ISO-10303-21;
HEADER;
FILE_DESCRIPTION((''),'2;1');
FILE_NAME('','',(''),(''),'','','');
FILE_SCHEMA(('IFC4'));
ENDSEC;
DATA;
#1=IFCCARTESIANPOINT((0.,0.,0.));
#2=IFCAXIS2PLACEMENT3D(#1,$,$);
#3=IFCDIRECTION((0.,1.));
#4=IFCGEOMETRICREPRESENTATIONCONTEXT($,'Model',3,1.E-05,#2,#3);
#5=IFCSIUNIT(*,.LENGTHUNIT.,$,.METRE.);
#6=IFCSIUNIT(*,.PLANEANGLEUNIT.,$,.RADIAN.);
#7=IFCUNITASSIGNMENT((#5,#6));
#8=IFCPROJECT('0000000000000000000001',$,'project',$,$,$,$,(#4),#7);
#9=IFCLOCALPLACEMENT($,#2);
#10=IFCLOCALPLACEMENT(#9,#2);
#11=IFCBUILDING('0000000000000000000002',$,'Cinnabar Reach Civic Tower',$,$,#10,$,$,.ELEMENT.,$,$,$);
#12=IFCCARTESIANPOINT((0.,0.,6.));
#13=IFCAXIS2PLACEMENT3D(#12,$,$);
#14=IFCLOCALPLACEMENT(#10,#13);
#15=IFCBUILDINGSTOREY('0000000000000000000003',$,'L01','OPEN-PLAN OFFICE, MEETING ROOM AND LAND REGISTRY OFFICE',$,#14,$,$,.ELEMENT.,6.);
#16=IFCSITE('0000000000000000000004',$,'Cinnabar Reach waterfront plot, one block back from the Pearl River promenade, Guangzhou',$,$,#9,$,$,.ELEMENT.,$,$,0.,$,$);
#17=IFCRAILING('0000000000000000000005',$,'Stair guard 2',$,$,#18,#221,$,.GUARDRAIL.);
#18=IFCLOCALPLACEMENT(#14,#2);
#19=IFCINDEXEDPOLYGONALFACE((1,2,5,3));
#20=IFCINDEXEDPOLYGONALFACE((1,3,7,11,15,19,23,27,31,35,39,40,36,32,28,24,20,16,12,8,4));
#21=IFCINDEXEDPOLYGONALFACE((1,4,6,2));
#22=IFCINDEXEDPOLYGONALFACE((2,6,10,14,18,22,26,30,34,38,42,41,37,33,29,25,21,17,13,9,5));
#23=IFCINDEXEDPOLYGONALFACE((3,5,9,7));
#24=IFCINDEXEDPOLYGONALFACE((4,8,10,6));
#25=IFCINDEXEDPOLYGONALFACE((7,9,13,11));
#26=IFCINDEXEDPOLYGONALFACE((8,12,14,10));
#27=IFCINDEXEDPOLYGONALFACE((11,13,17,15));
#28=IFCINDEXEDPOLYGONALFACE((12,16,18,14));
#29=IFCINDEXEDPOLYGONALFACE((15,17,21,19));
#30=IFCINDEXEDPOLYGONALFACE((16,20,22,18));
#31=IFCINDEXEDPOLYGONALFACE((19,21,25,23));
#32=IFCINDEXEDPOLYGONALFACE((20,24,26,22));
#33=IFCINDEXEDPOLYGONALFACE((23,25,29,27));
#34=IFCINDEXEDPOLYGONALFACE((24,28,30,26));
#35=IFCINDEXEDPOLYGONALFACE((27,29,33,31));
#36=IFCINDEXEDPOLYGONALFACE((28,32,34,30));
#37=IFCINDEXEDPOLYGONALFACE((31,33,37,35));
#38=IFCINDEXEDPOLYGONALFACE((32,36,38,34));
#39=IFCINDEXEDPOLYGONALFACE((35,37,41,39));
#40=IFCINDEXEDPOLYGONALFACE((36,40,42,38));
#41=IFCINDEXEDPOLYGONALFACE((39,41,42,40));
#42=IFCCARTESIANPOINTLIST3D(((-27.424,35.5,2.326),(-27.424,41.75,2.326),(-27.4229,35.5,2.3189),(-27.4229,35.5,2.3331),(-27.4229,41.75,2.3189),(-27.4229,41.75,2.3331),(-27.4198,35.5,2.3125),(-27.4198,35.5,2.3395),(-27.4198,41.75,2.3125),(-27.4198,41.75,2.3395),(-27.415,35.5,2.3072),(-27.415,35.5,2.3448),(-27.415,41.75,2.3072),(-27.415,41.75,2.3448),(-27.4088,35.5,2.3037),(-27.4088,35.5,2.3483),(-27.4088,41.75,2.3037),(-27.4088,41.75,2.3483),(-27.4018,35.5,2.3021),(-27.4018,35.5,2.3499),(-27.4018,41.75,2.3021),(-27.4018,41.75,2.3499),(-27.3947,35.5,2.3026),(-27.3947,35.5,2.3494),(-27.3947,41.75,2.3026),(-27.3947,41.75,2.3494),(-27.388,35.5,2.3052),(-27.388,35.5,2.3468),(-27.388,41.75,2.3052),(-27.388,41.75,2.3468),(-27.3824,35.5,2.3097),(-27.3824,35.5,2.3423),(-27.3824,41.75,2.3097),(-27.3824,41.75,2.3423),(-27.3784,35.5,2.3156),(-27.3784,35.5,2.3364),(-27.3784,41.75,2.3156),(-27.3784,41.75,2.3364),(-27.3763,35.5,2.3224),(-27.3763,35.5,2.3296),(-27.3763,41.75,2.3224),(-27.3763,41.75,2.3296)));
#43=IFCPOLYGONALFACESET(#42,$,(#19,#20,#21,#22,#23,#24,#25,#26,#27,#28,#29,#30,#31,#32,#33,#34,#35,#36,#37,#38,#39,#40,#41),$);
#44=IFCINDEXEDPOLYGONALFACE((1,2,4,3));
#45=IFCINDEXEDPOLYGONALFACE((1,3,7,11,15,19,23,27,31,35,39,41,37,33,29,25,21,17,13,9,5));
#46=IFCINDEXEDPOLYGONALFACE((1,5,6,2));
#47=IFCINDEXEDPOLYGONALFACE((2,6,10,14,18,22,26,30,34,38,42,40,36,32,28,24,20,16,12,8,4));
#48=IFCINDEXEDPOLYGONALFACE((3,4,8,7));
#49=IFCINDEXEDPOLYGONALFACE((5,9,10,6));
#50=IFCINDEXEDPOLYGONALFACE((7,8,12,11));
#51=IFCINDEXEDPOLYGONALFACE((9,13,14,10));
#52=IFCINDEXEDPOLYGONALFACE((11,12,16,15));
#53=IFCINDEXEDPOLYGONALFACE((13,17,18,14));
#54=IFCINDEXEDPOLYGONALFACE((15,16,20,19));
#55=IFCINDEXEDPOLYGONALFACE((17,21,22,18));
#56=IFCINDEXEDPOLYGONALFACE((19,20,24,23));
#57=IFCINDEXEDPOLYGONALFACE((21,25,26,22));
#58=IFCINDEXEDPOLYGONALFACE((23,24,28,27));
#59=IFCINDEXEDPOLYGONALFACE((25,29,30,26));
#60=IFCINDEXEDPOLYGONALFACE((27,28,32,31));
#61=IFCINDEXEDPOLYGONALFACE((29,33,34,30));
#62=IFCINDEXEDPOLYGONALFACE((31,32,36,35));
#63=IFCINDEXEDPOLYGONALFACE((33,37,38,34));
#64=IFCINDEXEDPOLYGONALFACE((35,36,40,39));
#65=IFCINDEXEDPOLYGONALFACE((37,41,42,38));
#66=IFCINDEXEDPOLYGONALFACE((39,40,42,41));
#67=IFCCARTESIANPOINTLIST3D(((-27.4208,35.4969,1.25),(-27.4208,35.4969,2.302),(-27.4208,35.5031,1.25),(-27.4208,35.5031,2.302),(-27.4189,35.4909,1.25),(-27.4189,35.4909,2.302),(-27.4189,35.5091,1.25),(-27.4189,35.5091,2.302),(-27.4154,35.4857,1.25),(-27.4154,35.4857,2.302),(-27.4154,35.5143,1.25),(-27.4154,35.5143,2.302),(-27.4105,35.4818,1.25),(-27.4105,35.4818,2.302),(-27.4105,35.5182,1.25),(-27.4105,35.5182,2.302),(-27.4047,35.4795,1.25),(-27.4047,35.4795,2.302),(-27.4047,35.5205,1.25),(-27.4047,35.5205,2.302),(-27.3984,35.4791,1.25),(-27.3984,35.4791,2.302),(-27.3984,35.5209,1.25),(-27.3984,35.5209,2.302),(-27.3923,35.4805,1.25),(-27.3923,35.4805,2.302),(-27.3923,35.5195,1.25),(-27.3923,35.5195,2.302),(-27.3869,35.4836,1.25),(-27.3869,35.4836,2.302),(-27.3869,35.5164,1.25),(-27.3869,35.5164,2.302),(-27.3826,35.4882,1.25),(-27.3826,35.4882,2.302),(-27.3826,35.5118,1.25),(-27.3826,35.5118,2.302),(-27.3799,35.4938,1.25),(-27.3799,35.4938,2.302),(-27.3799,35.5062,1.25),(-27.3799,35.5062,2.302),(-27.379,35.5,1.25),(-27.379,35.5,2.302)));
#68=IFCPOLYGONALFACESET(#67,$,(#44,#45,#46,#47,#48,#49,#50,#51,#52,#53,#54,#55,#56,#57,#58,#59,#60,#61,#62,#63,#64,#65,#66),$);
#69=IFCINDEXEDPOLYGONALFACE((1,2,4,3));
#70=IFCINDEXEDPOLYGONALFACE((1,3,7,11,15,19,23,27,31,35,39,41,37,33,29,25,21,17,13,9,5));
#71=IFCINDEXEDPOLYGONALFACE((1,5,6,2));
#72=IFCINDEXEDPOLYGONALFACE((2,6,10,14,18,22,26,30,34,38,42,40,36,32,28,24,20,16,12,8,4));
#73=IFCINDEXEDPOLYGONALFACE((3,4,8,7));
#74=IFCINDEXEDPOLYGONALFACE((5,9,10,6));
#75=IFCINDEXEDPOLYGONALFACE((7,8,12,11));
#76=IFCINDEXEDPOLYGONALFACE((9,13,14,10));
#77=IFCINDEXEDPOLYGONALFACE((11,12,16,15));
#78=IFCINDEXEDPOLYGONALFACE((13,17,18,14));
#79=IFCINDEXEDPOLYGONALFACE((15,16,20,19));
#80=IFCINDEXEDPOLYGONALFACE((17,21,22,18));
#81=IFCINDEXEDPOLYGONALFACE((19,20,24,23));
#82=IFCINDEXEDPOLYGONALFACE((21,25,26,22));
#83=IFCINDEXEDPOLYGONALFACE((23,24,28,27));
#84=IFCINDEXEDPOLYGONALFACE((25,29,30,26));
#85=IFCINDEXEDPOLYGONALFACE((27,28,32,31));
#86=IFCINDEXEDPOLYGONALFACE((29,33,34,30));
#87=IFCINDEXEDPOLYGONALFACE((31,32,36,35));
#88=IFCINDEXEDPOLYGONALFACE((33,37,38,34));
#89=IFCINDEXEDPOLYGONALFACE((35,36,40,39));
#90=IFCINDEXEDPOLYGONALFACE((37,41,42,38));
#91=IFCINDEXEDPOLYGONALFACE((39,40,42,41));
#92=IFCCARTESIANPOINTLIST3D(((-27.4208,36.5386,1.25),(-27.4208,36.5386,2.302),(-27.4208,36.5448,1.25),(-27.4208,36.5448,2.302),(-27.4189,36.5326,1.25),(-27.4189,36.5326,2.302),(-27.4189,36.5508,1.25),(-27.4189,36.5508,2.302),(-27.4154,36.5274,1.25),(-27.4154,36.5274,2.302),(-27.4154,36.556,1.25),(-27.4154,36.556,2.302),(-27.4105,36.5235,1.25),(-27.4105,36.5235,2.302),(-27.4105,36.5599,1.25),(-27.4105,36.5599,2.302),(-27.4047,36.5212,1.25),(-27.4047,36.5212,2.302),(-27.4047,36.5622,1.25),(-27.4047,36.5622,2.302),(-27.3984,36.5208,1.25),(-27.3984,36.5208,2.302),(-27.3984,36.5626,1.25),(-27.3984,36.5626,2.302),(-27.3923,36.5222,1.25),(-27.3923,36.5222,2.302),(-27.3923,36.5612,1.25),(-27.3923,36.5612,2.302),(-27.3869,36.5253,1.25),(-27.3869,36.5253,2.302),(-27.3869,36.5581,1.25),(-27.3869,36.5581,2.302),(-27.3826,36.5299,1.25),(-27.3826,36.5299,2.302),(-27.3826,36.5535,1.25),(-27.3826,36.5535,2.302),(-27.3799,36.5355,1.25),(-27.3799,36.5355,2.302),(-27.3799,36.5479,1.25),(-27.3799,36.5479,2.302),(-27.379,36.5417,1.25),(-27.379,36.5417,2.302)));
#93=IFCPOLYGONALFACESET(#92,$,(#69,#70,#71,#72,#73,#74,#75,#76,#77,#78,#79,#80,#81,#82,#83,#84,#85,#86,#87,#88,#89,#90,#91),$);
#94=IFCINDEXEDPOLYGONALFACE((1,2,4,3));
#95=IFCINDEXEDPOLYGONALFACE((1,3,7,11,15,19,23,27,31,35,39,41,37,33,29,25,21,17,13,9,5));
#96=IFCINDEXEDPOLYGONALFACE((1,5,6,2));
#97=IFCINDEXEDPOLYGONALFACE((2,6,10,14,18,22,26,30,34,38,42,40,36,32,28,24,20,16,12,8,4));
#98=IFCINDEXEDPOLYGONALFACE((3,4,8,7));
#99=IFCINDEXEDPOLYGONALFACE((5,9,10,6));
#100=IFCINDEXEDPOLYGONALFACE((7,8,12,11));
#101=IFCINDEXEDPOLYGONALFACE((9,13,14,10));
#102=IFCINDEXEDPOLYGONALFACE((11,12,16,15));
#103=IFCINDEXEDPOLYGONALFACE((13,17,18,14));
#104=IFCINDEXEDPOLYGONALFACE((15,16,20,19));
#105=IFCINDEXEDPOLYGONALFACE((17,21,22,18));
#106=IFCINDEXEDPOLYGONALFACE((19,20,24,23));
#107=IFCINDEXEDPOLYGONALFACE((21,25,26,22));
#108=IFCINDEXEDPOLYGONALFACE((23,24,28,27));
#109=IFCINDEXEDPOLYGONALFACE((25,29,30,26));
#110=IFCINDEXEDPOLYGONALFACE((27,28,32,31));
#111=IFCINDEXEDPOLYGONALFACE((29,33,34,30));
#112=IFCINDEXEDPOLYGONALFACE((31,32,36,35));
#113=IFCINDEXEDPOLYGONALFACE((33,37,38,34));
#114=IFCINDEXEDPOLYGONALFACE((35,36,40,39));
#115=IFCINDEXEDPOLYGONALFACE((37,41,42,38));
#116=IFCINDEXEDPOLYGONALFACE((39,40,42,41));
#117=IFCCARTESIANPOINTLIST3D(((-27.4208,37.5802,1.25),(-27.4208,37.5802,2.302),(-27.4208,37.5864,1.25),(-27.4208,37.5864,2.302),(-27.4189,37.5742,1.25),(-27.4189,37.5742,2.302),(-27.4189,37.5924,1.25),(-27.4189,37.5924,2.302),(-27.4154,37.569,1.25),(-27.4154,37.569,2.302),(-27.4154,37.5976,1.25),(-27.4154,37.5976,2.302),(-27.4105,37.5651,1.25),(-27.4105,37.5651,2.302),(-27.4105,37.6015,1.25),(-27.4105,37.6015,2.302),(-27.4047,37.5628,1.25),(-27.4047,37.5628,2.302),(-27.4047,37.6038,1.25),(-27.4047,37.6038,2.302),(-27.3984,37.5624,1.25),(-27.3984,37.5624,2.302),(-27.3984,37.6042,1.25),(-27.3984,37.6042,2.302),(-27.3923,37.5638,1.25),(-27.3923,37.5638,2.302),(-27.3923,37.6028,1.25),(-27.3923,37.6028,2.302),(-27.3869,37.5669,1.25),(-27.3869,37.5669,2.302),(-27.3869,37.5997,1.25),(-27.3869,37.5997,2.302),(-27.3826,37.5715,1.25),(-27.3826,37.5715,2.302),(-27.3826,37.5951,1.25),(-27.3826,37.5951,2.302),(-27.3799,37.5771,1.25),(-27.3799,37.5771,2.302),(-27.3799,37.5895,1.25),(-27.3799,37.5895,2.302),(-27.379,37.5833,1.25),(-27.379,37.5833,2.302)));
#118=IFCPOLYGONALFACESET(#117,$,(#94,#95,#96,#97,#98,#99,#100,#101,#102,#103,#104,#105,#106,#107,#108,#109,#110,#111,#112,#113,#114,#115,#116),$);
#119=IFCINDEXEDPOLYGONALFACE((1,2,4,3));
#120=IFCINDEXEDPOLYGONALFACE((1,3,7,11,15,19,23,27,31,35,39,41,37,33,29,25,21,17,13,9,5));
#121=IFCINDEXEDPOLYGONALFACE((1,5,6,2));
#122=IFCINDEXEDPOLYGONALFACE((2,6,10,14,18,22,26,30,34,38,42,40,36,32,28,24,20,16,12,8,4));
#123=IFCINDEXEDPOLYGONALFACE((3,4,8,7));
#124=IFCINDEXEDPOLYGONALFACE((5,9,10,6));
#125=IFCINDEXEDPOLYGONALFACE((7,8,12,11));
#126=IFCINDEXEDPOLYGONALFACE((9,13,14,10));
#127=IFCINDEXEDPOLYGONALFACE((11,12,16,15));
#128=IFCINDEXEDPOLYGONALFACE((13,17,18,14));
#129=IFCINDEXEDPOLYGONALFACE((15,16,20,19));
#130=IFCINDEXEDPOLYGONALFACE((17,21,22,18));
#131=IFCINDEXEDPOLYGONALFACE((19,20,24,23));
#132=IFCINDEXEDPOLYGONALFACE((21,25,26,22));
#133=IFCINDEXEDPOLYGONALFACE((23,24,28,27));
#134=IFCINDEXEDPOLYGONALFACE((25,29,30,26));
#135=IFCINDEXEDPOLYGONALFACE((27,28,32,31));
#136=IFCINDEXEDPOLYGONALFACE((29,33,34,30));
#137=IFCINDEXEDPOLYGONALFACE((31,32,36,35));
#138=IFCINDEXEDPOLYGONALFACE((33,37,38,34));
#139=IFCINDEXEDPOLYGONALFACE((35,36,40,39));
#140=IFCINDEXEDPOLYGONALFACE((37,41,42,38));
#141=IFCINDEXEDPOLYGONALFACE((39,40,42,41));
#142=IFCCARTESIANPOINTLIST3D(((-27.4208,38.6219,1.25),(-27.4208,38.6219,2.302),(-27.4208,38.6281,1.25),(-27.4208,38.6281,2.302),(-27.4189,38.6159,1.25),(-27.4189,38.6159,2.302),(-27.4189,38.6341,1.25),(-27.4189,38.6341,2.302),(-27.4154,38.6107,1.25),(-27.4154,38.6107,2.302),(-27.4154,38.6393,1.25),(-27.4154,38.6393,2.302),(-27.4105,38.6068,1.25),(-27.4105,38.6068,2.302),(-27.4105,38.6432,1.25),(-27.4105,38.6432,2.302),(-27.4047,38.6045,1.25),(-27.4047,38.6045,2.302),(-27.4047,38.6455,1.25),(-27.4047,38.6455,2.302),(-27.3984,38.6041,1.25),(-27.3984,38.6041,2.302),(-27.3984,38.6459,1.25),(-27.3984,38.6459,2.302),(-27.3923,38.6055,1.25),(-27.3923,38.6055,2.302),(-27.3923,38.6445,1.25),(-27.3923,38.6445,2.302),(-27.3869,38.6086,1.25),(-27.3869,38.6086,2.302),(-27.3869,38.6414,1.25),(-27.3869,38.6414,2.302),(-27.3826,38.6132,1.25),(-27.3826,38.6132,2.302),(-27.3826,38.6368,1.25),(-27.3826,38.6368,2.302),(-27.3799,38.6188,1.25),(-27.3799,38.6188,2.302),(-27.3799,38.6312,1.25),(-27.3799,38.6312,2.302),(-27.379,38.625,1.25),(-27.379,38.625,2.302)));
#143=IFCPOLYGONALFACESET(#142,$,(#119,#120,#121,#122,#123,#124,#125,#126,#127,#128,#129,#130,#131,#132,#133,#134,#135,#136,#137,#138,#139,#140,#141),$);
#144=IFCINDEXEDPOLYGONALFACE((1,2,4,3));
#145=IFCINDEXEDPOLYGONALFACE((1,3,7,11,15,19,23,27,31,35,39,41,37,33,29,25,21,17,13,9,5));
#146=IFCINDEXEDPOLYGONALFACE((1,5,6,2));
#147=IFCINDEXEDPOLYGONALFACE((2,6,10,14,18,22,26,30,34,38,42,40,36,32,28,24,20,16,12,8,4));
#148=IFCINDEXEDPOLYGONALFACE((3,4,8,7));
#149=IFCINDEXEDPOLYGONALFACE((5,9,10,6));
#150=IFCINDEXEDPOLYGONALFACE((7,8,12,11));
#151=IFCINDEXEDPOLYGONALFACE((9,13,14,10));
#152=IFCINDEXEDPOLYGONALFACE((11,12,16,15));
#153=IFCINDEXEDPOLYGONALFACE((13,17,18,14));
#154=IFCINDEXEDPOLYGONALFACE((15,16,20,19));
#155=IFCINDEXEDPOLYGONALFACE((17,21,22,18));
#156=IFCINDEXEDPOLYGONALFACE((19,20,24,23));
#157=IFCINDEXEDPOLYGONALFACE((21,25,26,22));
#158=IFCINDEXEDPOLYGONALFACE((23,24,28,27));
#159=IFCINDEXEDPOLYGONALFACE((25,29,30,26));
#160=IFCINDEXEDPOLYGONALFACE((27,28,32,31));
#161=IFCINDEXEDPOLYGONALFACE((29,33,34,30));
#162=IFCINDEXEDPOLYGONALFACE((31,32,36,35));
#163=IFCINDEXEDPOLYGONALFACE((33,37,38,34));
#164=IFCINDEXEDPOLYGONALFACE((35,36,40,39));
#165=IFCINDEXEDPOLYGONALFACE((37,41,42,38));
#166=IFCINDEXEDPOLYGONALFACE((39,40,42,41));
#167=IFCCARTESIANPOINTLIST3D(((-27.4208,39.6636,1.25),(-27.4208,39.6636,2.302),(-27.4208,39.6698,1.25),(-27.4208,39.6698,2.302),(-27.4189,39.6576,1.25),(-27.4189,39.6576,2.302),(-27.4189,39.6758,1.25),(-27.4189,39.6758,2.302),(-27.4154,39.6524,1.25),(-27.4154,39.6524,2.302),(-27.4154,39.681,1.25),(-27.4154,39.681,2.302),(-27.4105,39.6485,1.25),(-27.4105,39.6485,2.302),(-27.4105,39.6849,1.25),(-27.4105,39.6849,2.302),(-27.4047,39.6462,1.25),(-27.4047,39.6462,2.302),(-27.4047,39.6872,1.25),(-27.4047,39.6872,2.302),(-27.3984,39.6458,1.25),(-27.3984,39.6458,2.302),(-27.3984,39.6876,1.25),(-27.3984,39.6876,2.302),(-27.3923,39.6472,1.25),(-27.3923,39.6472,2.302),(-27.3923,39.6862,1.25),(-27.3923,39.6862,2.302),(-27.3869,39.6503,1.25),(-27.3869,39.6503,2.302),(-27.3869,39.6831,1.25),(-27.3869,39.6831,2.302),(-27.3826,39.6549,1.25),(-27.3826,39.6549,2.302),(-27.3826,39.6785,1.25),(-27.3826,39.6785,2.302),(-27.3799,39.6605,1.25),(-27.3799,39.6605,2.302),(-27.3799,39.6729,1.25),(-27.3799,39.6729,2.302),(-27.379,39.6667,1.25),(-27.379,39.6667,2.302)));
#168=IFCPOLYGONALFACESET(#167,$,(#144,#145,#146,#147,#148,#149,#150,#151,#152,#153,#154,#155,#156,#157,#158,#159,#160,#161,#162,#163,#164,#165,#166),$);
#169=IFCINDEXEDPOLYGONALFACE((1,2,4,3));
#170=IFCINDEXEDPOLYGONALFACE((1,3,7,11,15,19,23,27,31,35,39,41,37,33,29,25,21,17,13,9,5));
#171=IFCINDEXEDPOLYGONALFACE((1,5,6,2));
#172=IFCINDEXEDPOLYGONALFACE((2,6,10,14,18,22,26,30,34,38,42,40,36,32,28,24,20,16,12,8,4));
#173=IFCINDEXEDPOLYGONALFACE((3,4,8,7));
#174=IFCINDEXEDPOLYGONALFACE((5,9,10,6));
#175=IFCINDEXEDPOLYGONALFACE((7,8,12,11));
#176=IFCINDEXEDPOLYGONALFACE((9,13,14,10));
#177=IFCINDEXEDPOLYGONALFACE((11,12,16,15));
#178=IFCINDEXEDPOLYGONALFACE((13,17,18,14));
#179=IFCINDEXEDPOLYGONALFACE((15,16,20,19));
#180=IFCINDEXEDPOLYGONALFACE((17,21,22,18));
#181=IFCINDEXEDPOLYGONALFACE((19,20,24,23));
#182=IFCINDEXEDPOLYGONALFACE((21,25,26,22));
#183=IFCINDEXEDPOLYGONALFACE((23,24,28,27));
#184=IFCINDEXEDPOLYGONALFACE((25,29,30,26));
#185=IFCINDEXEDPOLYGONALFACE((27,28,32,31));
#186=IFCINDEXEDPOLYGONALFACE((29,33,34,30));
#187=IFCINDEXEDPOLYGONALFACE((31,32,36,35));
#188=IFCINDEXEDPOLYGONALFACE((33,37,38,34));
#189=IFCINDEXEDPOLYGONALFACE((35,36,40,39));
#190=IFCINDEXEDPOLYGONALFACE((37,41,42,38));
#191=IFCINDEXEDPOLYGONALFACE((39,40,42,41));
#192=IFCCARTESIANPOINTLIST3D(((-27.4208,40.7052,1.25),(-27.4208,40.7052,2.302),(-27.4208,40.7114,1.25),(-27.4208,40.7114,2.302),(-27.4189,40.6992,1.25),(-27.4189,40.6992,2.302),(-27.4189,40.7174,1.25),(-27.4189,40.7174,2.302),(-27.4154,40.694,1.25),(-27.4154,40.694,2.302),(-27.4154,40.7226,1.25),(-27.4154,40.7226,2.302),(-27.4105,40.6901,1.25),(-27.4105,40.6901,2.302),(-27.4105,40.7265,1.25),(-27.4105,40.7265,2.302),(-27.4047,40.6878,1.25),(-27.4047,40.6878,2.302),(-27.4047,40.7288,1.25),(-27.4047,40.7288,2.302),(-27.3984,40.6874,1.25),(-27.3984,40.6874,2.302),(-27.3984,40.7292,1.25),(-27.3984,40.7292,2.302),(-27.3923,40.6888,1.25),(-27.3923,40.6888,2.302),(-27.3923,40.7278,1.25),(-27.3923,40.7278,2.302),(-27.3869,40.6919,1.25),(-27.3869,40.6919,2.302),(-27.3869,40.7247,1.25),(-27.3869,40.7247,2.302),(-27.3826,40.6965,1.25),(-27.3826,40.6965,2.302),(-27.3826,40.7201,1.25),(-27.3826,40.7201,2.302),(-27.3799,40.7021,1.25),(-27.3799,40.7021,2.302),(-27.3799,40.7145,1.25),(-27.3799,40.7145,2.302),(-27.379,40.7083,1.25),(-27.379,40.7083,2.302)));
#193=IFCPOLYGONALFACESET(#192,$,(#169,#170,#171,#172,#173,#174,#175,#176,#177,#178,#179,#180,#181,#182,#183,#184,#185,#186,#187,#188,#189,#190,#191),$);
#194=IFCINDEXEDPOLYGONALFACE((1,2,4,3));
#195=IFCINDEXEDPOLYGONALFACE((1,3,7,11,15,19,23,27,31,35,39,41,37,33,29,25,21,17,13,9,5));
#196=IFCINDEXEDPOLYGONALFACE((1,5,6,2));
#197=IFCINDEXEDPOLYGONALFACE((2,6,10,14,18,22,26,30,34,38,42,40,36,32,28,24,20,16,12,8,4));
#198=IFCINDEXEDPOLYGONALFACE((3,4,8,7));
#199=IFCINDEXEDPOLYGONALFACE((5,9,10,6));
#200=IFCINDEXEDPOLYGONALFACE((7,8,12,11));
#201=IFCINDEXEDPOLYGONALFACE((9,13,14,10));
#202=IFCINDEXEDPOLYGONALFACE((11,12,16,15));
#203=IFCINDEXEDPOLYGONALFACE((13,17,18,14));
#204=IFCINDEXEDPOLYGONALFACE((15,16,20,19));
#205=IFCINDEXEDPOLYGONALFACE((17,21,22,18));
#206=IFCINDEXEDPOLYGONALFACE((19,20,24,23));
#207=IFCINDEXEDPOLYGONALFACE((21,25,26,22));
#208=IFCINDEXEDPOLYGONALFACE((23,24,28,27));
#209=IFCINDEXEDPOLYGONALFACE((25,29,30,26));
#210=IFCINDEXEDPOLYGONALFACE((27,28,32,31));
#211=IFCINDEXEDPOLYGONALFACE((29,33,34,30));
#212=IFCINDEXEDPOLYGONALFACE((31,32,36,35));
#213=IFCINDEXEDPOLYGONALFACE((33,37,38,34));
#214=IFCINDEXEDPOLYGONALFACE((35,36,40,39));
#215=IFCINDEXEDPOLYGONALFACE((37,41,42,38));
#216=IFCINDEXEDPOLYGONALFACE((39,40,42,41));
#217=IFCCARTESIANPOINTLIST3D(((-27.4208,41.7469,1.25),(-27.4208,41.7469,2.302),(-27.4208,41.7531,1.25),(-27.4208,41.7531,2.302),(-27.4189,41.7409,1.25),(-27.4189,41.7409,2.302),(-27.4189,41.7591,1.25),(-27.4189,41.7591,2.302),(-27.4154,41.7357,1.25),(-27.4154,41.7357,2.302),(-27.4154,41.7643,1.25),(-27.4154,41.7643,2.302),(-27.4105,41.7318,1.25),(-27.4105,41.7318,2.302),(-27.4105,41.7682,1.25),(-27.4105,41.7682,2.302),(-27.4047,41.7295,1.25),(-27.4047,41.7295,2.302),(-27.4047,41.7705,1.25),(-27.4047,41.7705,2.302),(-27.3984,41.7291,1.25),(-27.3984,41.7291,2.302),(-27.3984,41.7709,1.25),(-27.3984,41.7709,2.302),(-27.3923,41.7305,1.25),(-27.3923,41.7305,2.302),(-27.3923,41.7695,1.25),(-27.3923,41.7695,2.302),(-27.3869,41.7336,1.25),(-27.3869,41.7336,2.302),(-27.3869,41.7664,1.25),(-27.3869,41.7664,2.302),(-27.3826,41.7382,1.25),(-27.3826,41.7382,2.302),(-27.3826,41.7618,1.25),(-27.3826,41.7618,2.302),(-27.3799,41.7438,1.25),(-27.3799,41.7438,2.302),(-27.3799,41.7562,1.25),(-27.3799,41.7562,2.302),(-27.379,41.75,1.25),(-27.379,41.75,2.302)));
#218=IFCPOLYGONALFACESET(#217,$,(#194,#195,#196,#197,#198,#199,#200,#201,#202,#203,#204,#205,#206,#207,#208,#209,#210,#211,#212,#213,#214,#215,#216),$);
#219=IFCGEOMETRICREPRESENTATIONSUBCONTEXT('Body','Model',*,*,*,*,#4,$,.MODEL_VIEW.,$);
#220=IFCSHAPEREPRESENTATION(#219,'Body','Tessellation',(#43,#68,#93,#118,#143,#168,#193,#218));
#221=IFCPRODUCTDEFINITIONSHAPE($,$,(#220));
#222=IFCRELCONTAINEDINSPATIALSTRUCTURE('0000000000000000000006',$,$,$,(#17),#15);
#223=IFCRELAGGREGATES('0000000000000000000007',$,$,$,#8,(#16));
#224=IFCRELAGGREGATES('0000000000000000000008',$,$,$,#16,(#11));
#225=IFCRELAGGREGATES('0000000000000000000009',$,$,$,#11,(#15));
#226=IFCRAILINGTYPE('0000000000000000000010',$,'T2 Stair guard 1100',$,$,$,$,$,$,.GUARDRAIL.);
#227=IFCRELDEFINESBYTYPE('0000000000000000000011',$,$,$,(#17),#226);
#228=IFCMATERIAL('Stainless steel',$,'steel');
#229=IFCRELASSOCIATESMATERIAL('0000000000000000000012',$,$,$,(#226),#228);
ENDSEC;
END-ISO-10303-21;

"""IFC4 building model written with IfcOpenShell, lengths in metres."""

from ifc_helpers import new_model, si_unit, direction, frame, origin, origin_2d, place, context, subcontext, project, spatial, circle, extrude, material, type_object, element, save


model = new_model("IFC4")

# Units and contexts
model_context = context("Model", 3, precision=1e-05, world=origin(), true_north=direction((0.0, 1.0)))
body_context = subcontext(model_context, "Body", "Model", "MODEL_VIEW")
ifc_project = project(units=[si_unit("LENGTHUNIT", "METRE"), si_unit("PLANEANGLEUNIT", "RADIAN")], contexts=[model_context])

# Site, building, storey
site_placement = place(None, origin())
site = spatial("IfcSite", under=ifc_project, at=site_placement, Name="Cinnabar Reach waterfront plot, one block back from the Pearl River promenade, Guangzhou", CompositionType="ELEMENT", RefElevation=0.0)
building_placement = place(site_placement, origin())
building = spatial("IfcBuilding", under=site, at=building_placement, Name="Cinnabar Reach Civic Tower", CompositionType="ELEMENT")
storey_placement = place(building_placement, frame((0.0, 0.0, 6.0)))
storey = spatial("IfcBuildingStorey", under=building, at=storey_placement, Name="L01", Description="OPEN-PLAN OFFICE, MEETING ROOM AND LAND REGISTRY OFFICE", CompositionType="ELEMENT", Elevation=6.0)

# Railing
ifc_material_1 = material(Name="Stainless steel", Category="steel")
railing_type = type_object("IfcRailingType", Name="T2 Stair guard 1100", PredefinedType="GUARDRAIL", material=ifc_material_1)
for number, where, name in (
    (1, (-27.4, 35.5, 1.25), "Stair guard 2"),
):
    element("IfcRailing", number, at=place(storey_placement, frame(where)), inside=storey, type_object=railing_type, Name=name, PredefinedType="GUARDRAIL", context=body_context, shape_type="SweptSolid", body=[
        extrude(circle(Radius=0.024, at=origin_2d()), frame((0.0, 0.0, 1.076), z_axis=(0.0, 1.0, 0.0), x_axis=(-1.0, 0.0, 0.0)), (0.0, 0.0, 1.0), 6.25),
        extrude(circle(Radius=0.021, at=origin_2d()), origin(), (0.0, 0.0, 1.0), 1.052),
        extrude(circle(Radius=0.021, at=origin_2d()), frame((0.0, 1.0417, 0.0)), (0.0, 0.0, 1.0), 1.052),
        extrude(circle(Radius=0.021, at=origin_2d()), frame((0.0, 2.0833, 0.0)), (0.0, 0.0, 1.0), 1.052),
        extrude(circle(Radius=0.021, at=origin_2d()), frame((0.0, 3.125, 0.0)), (0.0, 0.0, 1.0), 1.052),
        extrude(circle(Radius=0.021, at=origin_2d()), frame((0.0, 4.1667, 0.0)), (0.0, 0.0, 1.0), 1.052),
        extrude(circle(Radius=0.021, at=origin_2d()), frame((0.0, 5.2083, 0.0)), (0.0, 0.0, 1.0), 1.052),
        extrude(circle(Radius=0.021, at=origin_2d()), frame((0.0, 6.25, 0.0)), (0.0, 0.0, 1.0), 1.052),
    ])

save(model, "model.ifc")
